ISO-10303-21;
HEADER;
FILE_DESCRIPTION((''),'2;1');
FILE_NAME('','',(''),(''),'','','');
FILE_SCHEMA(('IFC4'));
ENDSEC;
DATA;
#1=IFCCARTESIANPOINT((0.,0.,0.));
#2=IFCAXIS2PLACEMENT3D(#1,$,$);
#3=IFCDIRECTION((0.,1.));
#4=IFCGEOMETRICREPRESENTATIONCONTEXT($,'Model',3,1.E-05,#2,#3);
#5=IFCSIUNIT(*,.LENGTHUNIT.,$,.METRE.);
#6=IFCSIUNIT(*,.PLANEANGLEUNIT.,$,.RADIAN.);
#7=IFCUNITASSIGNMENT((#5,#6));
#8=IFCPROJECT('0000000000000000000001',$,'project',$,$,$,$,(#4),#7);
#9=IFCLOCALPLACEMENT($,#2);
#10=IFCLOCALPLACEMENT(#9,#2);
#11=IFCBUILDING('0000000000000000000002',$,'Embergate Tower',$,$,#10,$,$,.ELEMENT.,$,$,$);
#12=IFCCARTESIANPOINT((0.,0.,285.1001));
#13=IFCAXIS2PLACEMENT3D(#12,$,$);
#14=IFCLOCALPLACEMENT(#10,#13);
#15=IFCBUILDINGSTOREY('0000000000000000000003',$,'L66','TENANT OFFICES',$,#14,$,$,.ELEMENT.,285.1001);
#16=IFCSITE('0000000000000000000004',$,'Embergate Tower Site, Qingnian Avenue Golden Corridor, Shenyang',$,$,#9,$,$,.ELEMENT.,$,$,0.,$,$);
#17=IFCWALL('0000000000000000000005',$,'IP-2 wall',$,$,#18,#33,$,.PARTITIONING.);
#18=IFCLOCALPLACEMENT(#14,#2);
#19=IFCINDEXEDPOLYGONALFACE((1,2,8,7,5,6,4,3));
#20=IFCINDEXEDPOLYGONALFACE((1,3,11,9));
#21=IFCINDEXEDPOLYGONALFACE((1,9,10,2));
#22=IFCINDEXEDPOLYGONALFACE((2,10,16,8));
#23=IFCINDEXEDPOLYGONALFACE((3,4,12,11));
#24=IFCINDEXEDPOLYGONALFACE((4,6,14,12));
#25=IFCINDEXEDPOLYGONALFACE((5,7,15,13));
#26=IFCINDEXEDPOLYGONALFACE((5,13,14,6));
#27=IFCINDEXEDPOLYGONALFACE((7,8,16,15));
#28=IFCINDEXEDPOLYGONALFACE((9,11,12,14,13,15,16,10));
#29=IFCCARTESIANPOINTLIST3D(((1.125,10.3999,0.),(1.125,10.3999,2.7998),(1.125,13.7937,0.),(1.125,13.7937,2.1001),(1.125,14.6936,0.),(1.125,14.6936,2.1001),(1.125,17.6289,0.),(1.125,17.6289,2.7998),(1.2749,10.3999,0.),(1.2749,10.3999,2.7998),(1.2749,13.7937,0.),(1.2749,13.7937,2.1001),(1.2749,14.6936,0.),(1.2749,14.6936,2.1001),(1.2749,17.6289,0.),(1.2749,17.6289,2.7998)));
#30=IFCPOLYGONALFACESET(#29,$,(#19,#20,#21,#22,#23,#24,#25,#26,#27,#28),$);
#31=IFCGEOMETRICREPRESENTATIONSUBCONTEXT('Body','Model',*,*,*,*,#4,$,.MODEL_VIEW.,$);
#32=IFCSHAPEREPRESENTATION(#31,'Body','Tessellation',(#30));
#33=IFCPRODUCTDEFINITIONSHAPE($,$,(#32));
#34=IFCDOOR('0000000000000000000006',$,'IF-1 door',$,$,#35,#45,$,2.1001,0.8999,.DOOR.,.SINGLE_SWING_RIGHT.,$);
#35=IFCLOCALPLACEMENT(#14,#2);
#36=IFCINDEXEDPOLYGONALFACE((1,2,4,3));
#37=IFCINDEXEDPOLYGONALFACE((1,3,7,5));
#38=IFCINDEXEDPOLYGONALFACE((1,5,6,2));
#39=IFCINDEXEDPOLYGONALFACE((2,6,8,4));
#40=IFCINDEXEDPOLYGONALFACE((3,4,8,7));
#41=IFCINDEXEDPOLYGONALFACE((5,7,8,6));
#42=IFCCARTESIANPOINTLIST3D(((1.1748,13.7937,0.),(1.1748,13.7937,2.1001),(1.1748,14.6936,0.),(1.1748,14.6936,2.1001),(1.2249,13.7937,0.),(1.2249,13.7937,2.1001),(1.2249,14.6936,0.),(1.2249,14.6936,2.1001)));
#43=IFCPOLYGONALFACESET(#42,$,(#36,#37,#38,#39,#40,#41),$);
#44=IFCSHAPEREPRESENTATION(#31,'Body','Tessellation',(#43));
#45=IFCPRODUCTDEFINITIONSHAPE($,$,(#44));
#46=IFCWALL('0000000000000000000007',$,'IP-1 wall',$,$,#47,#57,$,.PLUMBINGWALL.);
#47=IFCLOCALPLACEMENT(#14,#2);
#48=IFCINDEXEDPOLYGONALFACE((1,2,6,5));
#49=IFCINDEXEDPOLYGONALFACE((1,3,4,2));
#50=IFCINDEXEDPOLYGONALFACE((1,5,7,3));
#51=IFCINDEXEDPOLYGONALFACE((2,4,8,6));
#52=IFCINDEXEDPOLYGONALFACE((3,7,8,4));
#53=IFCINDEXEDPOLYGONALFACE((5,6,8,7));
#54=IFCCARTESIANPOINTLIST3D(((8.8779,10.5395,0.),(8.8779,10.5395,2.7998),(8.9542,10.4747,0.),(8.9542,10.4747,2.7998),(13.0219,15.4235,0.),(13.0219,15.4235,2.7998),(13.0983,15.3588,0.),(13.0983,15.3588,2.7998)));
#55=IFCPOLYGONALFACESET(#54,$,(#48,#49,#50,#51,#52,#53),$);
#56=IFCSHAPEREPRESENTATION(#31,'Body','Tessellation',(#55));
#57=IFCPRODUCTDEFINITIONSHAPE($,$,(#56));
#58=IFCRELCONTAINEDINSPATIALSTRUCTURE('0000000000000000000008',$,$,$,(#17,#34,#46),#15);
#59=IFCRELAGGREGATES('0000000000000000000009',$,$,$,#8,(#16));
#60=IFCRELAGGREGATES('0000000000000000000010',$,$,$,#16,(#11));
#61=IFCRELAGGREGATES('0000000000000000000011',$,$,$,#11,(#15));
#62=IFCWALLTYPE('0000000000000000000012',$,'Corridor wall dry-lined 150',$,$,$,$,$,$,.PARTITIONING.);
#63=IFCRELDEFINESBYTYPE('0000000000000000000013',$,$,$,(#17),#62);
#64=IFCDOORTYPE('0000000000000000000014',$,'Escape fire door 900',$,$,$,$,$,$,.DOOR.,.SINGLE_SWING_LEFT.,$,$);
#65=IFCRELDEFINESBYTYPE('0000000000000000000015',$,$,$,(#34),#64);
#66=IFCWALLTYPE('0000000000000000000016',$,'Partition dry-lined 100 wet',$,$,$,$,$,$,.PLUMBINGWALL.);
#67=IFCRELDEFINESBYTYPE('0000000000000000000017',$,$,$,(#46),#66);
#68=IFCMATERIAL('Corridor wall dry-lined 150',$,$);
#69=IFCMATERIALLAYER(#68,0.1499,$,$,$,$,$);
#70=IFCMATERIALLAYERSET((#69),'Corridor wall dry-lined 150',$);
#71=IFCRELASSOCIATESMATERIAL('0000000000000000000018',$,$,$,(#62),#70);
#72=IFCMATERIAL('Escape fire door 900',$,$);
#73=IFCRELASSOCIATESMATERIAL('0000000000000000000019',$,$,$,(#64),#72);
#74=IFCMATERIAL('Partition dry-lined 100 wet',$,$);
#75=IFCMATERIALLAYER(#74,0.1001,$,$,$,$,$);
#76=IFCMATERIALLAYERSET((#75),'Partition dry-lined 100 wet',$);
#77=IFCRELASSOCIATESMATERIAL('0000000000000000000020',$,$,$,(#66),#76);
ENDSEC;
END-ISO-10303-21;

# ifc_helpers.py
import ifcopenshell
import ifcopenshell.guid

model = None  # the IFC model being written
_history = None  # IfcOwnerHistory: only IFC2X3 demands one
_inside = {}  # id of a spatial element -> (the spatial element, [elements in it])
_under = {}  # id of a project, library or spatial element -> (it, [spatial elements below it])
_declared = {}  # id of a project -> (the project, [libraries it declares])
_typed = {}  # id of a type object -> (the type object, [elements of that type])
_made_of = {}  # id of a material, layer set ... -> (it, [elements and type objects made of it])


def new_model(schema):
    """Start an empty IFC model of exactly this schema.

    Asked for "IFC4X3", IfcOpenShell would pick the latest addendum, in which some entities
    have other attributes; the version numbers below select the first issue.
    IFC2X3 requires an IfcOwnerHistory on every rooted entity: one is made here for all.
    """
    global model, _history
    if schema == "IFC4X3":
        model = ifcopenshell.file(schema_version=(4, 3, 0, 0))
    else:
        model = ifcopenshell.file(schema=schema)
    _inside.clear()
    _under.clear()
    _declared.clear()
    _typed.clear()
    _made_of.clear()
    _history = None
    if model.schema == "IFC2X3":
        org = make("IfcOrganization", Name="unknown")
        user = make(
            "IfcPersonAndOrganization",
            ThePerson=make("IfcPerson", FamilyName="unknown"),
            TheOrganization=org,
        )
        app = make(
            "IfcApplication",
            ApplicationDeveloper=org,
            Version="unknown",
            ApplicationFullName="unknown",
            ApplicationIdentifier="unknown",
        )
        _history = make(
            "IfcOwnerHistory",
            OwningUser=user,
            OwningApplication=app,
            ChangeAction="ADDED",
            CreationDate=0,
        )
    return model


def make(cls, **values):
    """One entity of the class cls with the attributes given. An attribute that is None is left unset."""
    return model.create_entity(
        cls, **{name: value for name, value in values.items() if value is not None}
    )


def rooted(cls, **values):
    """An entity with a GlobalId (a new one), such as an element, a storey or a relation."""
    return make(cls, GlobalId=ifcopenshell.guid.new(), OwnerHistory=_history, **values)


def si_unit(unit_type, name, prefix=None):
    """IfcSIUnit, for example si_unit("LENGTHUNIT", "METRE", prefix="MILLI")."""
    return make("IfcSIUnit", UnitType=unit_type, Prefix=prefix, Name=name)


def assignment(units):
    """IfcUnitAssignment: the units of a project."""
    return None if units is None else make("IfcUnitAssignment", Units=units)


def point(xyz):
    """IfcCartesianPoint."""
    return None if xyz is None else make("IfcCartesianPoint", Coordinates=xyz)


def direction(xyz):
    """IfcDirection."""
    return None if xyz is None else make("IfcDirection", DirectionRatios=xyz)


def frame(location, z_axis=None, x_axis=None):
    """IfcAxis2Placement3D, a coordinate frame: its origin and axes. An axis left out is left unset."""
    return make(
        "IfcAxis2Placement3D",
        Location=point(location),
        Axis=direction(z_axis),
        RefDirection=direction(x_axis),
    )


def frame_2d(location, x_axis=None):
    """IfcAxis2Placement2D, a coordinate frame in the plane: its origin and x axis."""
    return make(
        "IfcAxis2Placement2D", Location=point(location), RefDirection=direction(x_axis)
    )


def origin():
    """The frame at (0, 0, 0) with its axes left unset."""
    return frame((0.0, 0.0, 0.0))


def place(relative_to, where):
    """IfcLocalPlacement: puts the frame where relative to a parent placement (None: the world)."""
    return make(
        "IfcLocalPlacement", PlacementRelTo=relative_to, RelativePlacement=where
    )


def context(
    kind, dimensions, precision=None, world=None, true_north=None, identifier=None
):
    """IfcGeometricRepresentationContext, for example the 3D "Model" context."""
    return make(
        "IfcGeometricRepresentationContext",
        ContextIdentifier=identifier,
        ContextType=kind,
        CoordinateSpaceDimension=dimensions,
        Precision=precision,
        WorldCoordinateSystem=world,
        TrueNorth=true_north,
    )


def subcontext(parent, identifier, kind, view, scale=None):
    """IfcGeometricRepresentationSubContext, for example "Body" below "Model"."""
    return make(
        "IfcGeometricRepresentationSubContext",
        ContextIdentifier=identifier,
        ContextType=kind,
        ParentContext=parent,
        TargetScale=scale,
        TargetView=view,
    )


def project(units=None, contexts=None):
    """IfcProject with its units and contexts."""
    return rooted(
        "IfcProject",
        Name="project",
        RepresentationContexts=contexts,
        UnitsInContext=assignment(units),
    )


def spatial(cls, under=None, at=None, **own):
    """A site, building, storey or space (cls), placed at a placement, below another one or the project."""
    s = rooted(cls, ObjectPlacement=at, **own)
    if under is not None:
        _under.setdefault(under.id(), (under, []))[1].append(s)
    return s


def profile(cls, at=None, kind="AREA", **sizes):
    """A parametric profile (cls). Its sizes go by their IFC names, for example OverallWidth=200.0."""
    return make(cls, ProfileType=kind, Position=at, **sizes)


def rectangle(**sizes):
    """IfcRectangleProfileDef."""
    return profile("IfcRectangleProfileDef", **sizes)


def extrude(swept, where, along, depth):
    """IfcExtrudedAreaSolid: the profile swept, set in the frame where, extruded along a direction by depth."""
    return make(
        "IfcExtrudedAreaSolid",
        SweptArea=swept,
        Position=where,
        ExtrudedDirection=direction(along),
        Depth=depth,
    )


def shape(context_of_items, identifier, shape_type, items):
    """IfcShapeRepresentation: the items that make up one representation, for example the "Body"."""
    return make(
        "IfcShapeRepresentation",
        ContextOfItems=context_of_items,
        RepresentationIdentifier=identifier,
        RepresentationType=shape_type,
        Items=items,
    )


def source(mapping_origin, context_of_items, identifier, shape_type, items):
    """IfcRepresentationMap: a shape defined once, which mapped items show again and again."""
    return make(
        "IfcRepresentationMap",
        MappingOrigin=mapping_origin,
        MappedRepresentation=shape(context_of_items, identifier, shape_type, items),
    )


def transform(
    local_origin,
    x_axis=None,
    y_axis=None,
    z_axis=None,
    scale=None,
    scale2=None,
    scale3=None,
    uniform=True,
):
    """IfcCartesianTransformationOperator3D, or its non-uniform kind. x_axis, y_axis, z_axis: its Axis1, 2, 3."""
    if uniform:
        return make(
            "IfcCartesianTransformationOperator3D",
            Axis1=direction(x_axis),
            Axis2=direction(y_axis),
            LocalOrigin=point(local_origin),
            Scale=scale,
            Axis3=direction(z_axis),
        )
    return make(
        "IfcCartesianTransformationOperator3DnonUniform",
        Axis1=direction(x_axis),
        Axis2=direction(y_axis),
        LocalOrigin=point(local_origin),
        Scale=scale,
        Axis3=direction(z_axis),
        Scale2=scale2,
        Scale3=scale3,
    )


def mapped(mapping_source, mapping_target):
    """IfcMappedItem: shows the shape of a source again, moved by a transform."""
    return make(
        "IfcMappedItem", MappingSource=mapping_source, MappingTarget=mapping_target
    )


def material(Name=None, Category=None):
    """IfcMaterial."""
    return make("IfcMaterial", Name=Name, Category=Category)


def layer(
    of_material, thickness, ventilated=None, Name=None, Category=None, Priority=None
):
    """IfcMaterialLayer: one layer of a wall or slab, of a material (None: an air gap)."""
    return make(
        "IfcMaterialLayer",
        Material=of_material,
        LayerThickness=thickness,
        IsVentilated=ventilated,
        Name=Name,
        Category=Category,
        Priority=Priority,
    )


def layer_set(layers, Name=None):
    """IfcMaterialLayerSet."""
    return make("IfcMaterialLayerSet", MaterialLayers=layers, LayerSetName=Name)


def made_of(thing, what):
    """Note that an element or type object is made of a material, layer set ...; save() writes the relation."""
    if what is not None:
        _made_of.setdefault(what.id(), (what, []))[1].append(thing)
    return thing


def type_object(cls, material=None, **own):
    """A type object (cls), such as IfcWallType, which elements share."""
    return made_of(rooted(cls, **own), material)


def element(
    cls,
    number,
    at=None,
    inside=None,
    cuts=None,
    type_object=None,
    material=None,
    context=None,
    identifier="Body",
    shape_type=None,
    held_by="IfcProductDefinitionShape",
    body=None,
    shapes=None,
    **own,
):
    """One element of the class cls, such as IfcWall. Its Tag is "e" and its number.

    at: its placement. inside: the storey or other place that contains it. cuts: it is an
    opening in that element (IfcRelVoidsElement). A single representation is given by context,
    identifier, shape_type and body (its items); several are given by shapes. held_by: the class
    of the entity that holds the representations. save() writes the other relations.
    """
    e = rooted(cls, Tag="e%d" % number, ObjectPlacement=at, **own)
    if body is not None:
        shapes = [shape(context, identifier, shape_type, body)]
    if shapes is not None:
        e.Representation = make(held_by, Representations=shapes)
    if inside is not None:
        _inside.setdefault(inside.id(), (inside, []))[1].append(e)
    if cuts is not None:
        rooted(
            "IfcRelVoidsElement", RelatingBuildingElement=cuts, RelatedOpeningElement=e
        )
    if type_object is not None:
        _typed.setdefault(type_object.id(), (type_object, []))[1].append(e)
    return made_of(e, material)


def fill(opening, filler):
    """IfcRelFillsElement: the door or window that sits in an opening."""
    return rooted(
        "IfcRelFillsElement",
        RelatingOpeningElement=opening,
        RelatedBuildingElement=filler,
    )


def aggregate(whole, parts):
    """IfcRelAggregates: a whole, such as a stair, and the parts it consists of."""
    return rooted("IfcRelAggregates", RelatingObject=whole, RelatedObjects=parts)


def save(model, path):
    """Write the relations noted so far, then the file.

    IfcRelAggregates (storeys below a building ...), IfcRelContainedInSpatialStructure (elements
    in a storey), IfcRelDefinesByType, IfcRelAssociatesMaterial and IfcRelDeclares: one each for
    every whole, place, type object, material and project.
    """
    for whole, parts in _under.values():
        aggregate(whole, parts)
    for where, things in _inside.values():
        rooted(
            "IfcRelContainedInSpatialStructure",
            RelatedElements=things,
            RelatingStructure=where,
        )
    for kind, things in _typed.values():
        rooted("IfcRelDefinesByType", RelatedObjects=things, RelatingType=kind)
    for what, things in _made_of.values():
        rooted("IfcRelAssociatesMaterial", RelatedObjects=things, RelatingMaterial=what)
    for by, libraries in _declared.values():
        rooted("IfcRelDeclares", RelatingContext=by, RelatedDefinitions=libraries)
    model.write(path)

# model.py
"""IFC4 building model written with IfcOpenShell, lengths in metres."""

from ifc_helpers import new_model, si_unit, direction, frame, frame_2d, origin, place, context, subcontext, project, spatial, rectangle, extrude, source, transform, mapped, material, layer, layer_set, type_object, element, fill, save


model = new_model("IFC4")

# Units and contexts
model_context = context("Model", 3, precision=1e-05, world=origin(), true_north=direction((0.0, 1.0)))
body_context = subcontext(model_context, "Body", "Model", "MODEL_VIEW")
ifc_project = project(units=[si_unit("LENGTHUNIT", "METRE"), si_unit("PLANEANGLEUNIT", "RADIAN")], contexts=[model_context])

# Site, building, storey
site_placement = place(None, origin())
site = spatial("IfcSite", under=ifc_project, at=site_placement, Name="Embergate Tower Site, Qingnian Avenue Golden Corridor, Shenyang", CompositionType="ELEMENT", RefElevation=0.0)
building_placement = place(site_placement, origin())
building = spatial("IfcBuilding", under=site, at=building_placement, Name="Embergate Tower", CompositionType="ELEMENT")
storey_placement = place(building_placement, frame((0.0, 0.0, 285.1001)))
storey = spatial("IfcBuildingStorey", under=building, at=storey_placement, Name="L66", Description="TENANT OFFICES", CompositionType="ELEMENT", Elevation=285.1001)

# Shared definitions
ifc_material_1 = material(Name="Corridor wall dry-lined 150")
ifc_layer_1 = layer(ifc_material_1, 0.1499)
ifc_layer_set_1 = layer_set([ifc_layer_1], Name="Corridor wall dry-lined 150")
wall_type_1 = type_object("IfcWallType", Name="Corridor wall dry-lined 150", PredefinedType="PARTITIONING", material=ifc_layer_set_1)

# Shared definitions
shared_shape_1 = source(origin(), body_context, "Body", "SweptSolid", [
    extrude(rectangle(XDim=0.8999, YDim=2.1001, at=frame_2d((0.45, 1.05))), frame((0.0, 0.085, 0.0), z_axis=(0.0, -1.0, 0.0), x_axis=(1.0, 0.0, 0.0)), (0.0, 0.0, 1.0), 0.1699),
])
ifc_material_2 = material(Name="Escape fire door 900")
door_type_1 = type_object("IfcDoorType", Name="Escape fire door 900", OperationType="SINGLE_SWING_LEFT", PredefinedType="DOOR", material=ifc_material_2)
shared_shape_2 = source(origin(), body_context, "Body", "SweptSolid", [
    extrude(rectangle(XDim=0.8999, YDim=2.1001, at=frame_2d((0.45, 1.05))), frame((0.0, 0.0249, 0.0), z_axis=(0.0, -1.0, 0.0), x_axis=(1.0, 0.0, 0.0)), (0.0, 0.0, 1.0), 0.05),
])

# Wall, opening, door
shared_shape_3 = source(origin(), body_context, "Body", "SweptSolid", [
    extrude(rectangle(XDim=7.229, YDim=0.1499, at=frame_2d((3.6145, 0.0))), origin(), (0.0, 0.0, 1.0), 2.7998),
])
wall_1_placement = place(storey_placement, frame((1.2, 17.6289, 0.0), z_axis=(0.0, 0.0, 1.0), x_axis=(0.0, -1.0, 0.0)))
wall_1 = element("IfcWall", 1, at=wall_1_placement, inside=storey, type_object=wall_type_1, Name="IP-2 wall", PredefinedType="PARTITIONING", context=body_context, shape_type="MappedRepresentation", body=[
    mapped(shared_shape_3, transform((0.0, 0.0, 0.0))),
])
opening_1_placement = place(wall_1_placement, frame((2.9353, 0.0, 0.0)))
opening_1 = element("IfcOpeningElement", 2, at=opening_1_placement, cuts=wall_1, PredefinedType="OPENING", context=body_context, shape_type="MappedRepresentation", body=[
    mapped(shared_shape_1, transform((0.0, 0.0, 0.0))),
])
door_1_placement = place(opening_1_placement, origin())
door_1 = element("IfcDoor", 3, at=door_1_placement, inside=storey, type_object=door_type_1, Name="IF-1 door", OperationType="SINGLE_SWING_RIGHT", OverallHeight=2.1001, OverallWidth=0.8999, PredefinedType="DOOR", context=body_context, shape_type="MappedRepresentation", body=[
    mapped(shared_shape_2, transform((0.0, 0.0, 0.0))),
])
fill(opening_1, door_1)

# Wall
ifc_material_3 = material(Name="Partition dry-lined 100 wet")
ifc_layer_2 = layer(ifc_material_3, 0.1001)
ifc_layer_set_2 = layer_set([ifc_layer_2], Name="Partition dry-lined 100 wet")
wall_type_2 = type_object("IfcWallType", Name="Partition dry-lined 100 wet", PredefinedType="PLUMBINGWALL", material=ifc_layer_set_2)
shared_shape_4 = source(origin(), body_context, "Body", "SweptSolid", [
    extrude(rectangle(XDim=6.4053, YDim=0.1001, at=frame_2d((3.2026, 0.0))), origin(), (0.0, 0.0, 1.0), 2.7998),
])
wall_2_placement = place(storey_placement, frame((8.916, 10.5071, 0.0), z_axis=(0.0, 0.0, 1.0), x_axis=(0.646979, 0.762508, 0.0)))
element("IfcWall", 4, at=wall_2_placement, inside=storey, type_object=wall_type_2, Name="IP-1 wall", PredefinedType="PLUMBINGWALL", context=body_context, shape_type="MappedRepresentation", body=[
    mapped(shared_shape_4, transform((0.0, 0.0, 0.0))),
])

save(model, "model.ifc")
